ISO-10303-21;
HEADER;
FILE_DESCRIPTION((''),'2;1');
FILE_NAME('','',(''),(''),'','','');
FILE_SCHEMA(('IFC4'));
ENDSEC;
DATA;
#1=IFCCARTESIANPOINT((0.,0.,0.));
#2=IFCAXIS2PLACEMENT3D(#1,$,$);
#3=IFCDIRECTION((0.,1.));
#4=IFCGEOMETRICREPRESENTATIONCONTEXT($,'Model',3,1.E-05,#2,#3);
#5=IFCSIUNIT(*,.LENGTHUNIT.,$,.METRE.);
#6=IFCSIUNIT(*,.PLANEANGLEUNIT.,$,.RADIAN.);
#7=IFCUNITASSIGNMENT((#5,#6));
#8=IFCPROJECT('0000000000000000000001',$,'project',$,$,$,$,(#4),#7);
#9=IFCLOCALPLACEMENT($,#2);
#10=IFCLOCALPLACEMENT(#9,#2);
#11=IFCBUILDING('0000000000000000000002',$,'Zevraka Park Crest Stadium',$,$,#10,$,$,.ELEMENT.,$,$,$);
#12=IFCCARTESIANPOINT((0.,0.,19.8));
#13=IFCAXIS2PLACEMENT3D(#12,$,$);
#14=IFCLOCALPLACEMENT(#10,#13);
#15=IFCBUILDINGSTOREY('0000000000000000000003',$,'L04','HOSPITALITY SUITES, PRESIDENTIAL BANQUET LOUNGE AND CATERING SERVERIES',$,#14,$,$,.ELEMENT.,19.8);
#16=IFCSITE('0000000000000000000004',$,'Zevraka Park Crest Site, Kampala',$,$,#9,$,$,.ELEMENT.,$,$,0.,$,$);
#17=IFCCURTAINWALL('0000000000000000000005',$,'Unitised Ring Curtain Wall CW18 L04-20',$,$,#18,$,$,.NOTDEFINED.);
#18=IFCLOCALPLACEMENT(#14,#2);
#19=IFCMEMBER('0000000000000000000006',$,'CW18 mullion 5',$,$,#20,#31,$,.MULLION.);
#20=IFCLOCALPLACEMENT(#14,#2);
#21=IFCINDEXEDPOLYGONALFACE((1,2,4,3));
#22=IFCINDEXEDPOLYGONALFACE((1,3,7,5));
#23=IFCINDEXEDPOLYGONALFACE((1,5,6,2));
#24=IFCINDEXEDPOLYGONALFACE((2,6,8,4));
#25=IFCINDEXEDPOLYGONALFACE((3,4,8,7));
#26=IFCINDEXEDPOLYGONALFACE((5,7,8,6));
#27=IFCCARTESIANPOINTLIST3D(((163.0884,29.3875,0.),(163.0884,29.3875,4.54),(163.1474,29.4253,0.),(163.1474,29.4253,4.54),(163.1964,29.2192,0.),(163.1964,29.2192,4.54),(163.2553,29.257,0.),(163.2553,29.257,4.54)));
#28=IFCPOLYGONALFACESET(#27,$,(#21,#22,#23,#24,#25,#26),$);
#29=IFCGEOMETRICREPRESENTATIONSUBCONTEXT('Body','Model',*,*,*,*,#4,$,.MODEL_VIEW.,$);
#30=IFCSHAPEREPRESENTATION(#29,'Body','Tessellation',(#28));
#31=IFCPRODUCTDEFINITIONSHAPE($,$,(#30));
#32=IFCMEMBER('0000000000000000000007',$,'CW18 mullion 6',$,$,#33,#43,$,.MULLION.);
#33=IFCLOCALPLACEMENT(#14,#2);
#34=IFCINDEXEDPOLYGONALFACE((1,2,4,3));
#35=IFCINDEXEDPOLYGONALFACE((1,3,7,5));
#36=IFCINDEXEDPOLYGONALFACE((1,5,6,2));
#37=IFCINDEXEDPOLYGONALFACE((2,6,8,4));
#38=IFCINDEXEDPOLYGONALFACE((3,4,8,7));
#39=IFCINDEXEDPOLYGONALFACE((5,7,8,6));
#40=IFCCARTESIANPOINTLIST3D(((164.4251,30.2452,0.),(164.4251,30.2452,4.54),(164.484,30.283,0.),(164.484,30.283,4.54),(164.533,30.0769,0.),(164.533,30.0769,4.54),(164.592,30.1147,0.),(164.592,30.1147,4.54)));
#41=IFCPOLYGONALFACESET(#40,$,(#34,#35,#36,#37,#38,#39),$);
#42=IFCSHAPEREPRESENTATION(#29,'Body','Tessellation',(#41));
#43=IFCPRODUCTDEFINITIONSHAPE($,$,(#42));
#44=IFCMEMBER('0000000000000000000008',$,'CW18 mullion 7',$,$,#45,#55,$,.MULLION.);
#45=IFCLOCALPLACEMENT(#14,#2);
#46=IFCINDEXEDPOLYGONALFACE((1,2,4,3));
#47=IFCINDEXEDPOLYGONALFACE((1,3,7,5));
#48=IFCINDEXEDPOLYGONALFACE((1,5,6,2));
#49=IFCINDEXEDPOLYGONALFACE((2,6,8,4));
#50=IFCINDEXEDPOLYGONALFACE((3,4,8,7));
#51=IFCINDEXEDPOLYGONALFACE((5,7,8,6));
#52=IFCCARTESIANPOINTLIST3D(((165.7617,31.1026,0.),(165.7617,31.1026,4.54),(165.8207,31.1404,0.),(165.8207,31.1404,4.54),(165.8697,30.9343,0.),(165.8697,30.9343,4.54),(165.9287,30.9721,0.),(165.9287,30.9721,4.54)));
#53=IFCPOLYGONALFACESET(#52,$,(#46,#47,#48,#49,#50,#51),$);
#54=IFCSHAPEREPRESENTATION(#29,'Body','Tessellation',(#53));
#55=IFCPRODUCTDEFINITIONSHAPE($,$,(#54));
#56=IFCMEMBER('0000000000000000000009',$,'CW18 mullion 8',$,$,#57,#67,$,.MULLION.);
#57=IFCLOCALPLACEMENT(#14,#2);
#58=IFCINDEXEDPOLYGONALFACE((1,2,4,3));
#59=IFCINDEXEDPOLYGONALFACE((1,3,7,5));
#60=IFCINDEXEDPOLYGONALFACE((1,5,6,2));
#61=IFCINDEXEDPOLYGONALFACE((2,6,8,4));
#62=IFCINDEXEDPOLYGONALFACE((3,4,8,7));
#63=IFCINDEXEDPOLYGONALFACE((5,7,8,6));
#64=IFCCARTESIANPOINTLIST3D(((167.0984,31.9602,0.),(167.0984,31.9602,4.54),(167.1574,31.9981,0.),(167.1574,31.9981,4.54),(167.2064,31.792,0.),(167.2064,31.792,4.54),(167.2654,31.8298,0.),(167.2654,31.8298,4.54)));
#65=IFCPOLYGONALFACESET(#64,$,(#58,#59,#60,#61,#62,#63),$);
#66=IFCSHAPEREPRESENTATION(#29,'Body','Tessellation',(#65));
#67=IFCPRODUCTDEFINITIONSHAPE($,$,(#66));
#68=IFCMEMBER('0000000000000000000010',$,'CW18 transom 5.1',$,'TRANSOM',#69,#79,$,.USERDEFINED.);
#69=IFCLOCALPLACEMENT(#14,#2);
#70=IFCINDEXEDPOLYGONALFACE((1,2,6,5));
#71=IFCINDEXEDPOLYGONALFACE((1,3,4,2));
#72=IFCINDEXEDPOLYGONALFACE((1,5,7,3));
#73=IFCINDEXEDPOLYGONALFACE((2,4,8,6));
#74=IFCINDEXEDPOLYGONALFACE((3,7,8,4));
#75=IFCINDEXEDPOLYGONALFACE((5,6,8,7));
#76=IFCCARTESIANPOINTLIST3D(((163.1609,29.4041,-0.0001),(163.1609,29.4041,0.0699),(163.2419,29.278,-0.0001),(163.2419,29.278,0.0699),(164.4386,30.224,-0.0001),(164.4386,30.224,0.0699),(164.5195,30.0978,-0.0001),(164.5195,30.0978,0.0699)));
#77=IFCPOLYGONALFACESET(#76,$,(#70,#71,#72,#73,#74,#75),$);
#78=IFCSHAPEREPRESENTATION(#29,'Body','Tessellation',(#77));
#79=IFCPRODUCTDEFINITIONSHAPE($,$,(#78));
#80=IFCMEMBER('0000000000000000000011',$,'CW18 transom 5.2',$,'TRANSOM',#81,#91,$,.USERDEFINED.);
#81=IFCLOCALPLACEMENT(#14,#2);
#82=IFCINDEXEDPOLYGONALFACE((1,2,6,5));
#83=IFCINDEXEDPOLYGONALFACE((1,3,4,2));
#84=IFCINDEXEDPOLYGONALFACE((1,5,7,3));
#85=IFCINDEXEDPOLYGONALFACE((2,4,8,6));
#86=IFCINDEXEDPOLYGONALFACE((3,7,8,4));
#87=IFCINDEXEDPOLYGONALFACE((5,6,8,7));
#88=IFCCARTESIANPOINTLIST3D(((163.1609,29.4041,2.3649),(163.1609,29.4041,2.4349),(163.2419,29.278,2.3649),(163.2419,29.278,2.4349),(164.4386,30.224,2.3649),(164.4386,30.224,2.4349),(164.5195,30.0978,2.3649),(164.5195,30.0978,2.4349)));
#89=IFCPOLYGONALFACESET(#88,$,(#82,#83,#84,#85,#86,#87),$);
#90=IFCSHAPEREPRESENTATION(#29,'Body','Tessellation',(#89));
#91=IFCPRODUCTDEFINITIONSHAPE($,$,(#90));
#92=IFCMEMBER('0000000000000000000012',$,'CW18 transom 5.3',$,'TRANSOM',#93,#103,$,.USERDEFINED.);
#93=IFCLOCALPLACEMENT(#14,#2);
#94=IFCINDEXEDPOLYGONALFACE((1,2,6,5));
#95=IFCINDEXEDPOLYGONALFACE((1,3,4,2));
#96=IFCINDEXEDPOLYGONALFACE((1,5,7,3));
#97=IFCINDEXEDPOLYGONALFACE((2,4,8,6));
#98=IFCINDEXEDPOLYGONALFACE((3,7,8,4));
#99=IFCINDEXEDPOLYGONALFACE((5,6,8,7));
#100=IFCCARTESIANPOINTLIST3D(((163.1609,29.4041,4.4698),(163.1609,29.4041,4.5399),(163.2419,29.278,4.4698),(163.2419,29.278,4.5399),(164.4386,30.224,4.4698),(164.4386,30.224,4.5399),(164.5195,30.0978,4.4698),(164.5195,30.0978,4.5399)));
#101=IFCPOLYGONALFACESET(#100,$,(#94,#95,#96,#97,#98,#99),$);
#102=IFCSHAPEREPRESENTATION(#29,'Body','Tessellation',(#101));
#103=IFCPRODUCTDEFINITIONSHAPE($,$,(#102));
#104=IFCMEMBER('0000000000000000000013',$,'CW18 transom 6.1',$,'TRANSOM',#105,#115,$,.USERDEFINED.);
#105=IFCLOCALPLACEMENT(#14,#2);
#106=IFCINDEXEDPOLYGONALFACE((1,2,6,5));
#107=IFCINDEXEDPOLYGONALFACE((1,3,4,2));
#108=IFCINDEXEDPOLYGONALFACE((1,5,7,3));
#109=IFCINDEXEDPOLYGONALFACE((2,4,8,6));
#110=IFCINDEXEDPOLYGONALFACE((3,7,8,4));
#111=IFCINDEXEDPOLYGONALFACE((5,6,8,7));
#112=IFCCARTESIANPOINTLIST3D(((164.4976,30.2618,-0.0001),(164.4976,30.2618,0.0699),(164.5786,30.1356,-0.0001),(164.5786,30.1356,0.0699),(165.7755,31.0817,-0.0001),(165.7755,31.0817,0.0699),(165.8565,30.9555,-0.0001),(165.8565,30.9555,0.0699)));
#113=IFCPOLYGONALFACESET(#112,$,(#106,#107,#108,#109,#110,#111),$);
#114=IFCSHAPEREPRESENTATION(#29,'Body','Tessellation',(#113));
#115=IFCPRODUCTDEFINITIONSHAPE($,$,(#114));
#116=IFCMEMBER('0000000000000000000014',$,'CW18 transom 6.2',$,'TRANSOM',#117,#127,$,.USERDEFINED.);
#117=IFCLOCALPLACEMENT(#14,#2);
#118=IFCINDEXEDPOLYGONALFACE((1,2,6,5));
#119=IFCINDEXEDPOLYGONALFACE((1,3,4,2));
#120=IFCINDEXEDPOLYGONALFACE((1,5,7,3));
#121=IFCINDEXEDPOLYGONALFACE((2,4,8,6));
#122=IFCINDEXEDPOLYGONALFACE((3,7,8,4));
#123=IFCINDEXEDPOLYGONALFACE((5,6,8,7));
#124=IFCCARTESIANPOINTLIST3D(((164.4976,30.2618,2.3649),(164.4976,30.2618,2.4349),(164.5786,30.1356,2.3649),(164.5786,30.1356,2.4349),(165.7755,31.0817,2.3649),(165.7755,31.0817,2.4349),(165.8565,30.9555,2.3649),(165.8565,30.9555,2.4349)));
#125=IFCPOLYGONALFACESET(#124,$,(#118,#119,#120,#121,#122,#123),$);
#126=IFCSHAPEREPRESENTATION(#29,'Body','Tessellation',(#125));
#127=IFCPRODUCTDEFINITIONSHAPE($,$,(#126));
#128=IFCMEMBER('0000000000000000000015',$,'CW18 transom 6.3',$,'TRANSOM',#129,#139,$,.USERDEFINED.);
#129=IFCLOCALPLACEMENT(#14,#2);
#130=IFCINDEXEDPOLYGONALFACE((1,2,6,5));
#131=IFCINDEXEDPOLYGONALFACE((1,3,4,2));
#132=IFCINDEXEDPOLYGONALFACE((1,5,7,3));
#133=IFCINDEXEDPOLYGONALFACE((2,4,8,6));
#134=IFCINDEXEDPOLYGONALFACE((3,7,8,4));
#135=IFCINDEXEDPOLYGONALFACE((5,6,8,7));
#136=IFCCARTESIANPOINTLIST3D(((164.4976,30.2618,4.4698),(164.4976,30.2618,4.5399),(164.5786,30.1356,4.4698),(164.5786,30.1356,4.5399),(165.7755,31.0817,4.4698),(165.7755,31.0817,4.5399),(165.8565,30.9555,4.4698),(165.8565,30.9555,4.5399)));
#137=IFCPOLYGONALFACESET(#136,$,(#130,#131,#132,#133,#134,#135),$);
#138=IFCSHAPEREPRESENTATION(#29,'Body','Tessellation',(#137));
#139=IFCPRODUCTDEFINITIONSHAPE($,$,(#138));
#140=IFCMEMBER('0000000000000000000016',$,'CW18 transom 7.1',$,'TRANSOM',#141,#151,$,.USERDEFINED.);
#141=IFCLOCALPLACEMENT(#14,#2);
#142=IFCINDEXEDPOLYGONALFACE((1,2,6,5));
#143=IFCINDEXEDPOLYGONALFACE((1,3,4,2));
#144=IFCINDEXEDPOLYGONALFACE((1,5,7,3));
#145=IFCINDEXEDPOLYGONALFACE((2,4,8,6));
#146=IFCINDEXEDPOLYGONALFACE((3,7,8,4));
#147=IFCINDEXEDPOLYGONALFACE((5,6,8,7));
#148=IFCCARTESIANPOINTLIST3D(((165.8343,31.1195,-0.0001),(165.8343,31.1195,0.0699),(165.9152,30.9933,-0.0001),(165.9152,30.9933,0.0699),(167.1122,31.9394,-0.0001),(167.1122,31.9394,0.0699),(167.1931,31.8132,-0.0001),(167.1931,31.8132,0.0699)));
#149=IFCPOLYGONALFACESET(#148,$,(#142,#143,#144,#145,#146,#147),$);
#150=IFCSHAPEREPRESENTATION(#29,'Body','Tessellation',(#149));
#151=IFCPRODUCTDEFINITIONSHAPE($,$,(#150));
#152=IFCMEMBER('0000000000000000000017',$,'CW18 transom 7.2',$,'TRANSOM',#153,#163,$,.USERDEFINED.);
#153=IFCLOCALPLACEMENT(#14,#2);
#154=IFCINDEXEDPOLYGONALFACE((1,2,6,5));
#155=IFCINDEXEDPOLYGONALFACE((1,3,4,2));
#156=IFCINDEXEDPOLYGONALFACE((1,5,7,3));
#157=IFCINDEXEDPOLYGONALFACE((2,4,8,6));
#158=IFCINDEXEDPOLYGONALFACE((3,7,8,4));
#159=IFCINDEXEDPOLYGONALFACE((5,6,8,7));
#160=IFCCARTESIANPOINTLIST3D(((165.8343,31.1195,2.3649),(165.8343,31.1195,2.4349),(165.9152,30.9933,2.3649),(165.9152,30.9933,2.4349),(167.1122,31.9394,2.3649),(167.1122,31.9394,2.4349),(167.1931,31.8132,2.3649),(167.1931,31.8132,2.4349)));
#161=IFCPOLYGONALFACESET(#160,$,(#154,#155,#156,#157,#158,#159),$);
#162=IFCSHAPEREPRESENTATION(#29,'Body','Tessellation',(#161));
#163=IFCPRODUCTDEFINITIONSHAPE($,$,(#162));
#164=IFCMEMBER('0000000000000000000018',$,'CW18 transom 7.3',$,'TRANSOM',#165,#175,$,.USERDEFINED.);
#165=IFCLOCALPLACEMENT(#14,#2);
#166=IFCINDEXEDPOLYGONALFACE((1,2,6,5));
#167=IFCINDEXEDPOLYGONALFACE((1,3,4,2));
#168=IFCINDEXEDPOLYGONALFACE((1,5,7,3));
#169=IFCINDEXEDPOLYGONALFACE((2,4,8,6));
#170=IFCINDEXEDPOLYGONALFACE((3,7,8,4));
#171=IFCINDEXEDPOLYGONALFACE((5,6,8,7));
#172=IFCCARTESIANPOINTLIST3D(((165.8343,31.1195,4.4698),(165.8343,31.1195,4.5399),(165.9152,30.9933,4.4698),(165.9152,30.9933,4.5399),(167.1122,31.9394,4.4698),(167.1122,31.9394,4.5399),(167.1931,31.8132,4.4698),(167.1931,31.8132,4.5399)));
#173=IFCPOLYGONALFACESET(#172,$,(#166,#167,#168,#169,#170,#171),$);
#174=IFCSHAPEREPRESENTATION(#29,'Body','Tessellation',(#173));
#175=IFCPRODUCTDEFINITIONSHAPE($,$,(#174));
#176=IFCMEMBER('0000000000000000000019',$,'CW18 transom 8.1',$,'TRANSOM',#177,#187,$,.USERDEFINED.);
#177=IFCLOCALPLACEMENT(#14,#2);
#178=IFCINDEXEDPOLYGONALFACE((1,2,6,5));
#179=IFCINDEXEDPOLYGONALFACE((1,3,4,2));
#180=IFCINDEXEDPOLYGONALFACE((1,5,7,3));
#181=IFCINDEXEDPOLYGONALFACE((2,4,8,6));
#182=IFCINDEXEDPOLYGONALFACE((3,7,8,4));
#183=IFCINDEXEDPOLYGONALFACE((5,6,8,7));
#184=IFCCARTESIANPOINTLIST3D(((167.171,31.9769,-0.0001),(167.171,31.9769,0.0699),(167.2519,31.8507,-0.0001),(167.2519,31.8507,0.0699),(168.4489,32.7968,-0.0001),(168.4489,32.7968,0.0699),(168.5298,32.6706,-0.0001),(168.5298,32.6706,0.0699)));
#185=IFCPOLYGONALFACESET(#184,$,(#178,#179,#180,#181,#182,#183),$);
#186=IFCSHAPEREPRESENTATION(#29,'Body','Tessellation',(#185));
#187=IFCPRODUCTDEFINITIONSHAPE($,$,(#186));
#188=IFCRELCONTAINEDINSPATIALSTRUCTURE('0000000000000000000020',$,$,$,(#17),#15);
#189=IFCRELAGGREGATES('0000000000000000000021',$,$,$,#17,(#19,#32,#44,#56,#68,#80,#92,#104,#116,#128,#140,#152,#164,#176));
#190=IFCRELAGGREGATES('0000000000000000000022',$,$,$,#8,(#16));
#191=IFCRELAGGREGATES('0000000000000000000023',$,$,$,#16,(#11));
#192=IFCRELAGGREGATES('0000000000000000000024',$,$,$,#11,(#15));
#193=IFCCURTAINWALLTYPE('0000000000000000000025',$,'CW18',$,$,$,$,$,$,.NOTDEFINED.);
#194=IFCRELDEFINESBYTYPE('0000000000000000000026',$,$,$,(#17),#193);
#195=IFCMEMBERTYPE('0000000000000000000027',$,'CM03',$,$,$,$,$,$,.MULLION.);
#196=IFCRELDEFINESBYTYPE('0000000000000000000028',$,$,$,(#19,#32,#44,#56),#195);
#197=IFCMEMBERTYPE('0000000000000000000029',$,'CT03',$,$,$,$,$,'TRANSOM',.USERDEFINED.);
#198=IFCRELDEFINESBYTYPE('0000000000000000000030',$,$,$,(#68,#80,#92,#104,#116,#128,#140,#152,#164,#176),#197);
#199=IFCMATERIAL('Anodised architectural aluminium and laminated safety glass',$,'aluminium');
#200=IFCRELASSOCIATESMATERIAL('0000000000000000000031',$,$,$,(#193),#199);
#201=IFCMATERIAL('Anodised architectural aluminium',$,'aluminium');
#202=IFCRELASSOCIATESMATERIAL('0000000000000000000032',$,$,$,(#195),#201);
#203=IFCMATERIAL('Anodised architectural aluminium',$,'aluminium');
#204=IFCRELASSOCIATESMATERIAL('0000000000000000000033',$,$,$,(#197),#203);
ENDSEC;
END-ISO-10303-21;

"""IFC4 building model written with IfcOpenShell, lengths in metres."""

from ifc_helpers import new_model, si_unit, direction, frame, origin, origin_2d, place, context, subcontext, project, spatial, rectangle, extrude, material, material_profile, profile_set, type_object, element, aggregate, save


model = new_model("IFC4")

# Units and contexts
model_context = context("Model", 3, precision=1e-05, world=origin(), true_north=direction((0.0, 1.0)))
body_context = subcontext(model_context, "Body", "Model", "MODEL_VIEW")
ifc_project = project(units=[si_unit("LENGTHUNIT", "METRE"), si_unit("PLANEANGLEUNIT", "RADIAN")], contexts=[model_context])

# Site, building, storey
site_placement = place(None, origin())
site = spatial("IfcSite", under=ifc_project, at=site_placement, Name="Zevraka Park Crest Site, Kampala", CompositionType="ELEMENT", RefElevation=0.0)
building_placement = place(site_placement, origin())
building = spatial("IfcBuilding", under=site, at=building_placement, Name="Zevraka Park Crest Stadium", CompositionType="ELEMENT")
storey_placement = place(building_placement, frame((0.0, 0.0, 19.8)))
storey = spatial("IfcBuildingStorey", under=building, at=storey_placement, Name="L04", Description="HOSPITALITY SUITES, PRESIDENTIAL BANQUET LOUNGE AND CATERING SERVERIES", CompositionType="ELEMENT", Elevation=19.8)

# Curtain wall, members
ifc_material_1 = material(Name="Anodised architectural aluminium and laminated safety glass", Category="aluminium")
curtain_wall_type = type_object("IfcCurtainWallType", Name="CW18", PredefinedType="NOTDEFINED", material=ifc_material_1)
curtain_wall_placement = place(storey_placement, origin())
curtain_wall = element("IfcCurtainWall", 1, at=curtain_wall_placement, inside=storey, type_object=curtain_wall_type, Name="Unitised Ring Curtain Wall CW18 L04-20", PredefinedType="NOTDEFINED")
ifc_material_2 = material(Name="Anodised architectural aluminium", Category="aluminium")
ifc_material_profile_1 = material_profile(ifc_material_2, rectangle(XDim=0.2, YDim=0.0701, at=origin_2d()), Name="ALU MULLION 200x70")
ifc_profile_set_1 = profile_set([ifc_material_profile_1], Name="Anodised architectural aluminium")
member_type_1 = type_object("IfcMemberType", Name="CM03", PredefinedType="MULLION", material=ifc_profile_set_1)
member_1_placement = place(storey_placement, frame((163.1719, 29.3223, 0.0), z_axis=(0.0, 0.0, 1.0), x_axis=(-0.53998, 0.841678, 0.0)))
member_1 = element("IfcMember", 2, at=member_1_placement, type_object=member_type_1, Name="CW18 mullion 5", PredefinedType="MULLION", context=body_context, shape_type="SweptSolid", body=[
    extrude(rectangle(XDim=0.2, YDim=0.0701, at=origin_2d()), origin(), (0.0, 0.0, 1.0), 4.54),
])
member_2_placement = place(storey_placement, frame((164.5085, 30.1799, 0.0), z_axis=(0.0, 0.0, 1.0), x_axis=(-0.53998, 0.841678, 0.0)))
member_2 = element("IfcMember", 3, at=member_2_placement, type_object=member_type_1, Name="CW18 mullion 6", PredefinedType="MULLION", context=body_context, shape_type="SweptSolid", body=[
    extrude(rectangle(XDim=0.2, YDim=0.0701, at=origin_2d()), origin(), (0.0, 0.0, 1.0), 4.54),
])
member_3_placement = place(storey_placement, frame((165.8452, 31.0374, 0.0), z_axis=(0.0, 0.0, 1.0), x_axis=(-0.53998, 0.841678, 0.0)))
member_3 = element("IfcMember", 4, at=member_3_placement, type_object=member_type_1, Name="CW18 mullion 7", PredefinedType="MULLION", context=body_context, shape_type="SweptSolid", body=[
    extrude(rectangle(XDim=0.2, YDim=0.0701, at=origin_2d()), origin(), (0.0, 0.0, 1.0), 4.54),
])
member_4_placement = place(storey_placement, frame((167.1819, 31.895, 0.0), z_axis=(0.0, 0.0, 1.0), x_axis=(-0.53998, 0.841678, 0.0)))
member_4 = element("IfcMember", 5, at=member_4_placement, type_object=member_type_1, Name="CW18 mullion 8", PredefinedType="MULLION", context=body_context, shape_type="SweptSolid", body=[
    extrude(rectangle(XDim=0.2, YDim=0.0701, at=origin_2d()), origin(), (0.0, 0.0, 1.0), 4.54),
])
ifc_material_3 = material(Name="Anodised architectural aluminium", Category="aluminium")
ifc_material_profile_2 = material_profile(ifc_material_3, rectangle(XDim=0.1499, YDim=0.0701, at=origin_2d()), Name="ALU TRANSOM 150x70")
ifc_profile_set_2 = profile_set([ifc_material_profile_2], Name="Anodised architectural aluminium")
member_type_2 = type_object("IfcMemberType", Name="CT03", ElementType="TRANSOM", PredefinedType="USERDEFINED", material=ifc_profile_set_2)
member_5_placement = place(storey_placement, frame((163.2014, 29.3411, 0.0349), z_axis=(0.841622, 0.540066, 0.0), x_axis=(-0.540066, 0.841622, 0.0)))
member_5 = element("IfcMember", 6, at=member_5_placement, type_object=member_type_2, Name="CW18 transom 5.1", ObjectType="TRANSOM", PredefinedType="USERDEFINED", context=body_context, shape_type="SweptSolid", body=[
    extrude(rectangle(XDim=0.1499, YDim=0.0701, at=origin_2d()), origin(), (0.0, 0.0, 1.0), 1.5181),
])
member_6_placement = place(storey_placement, frame((163.2014, 29.3411, 2.3999), z_axis=(0.841622, 0.540066, 0.0), x_axis=(-0.540066, 0.841622, 0.0)))
member_6 = element("IfcMember", 7, at=member_6_placement, type_object=member_type_2, Name="CW18 transom 5.2", ObjectType="TRANSOM", PredefinedType="USERDEFINED", context=body_context, shape_type="SweptSolid", body=[
    extrude(rectangle(XDim=0.1499, YDim=0.0701, at=origin_2d()), origin(), (0.0, 0.0, 1.0), 1.5181),
])
member_7_placement = place(storey_placement, frame((163.2014, 29.3411, 4.5049), z_axis=(0.841622, 0.540066, 0.0), x_axis=(-0.540066, 0.841622, 0.0)))
member_7 = element("IfcMember", 8, at=member_7_placement, type_object=member_type_2, Name="CW18 transom 5.3", ObjectType="TRANSOM", PredefinedType="USERDEFINED", context=body_context, shape_type="SweptSolid", body=[
    extrude(rectangle(XDim=0.1499, YDim=0.0701, at=origin_2d()), origin(), (0.0, 0.0, 1.0), 1.5181),
])
member_8_placement = place(storey_placement, frame((164.5381, 30.1987, 0.0349), z_axis=(0.841669, 0.539993, 0.0), x_axis=(-0.539993, 0.841669, 0.0)))
member_8 = element("IfcMember", 9, at=member_8_placement, type_object=member_type_2, Name="CW18 transom 6.1", ObjectType="TRANSOM", PredefinedType="USERDEFINED", context=body_context, shape_type="SweptSolid", body=[
    extrude(rectangle(XDim=0.1499, YDim=0.0701, at=origin_2d()), origin(), (0.0, 0.0, 1.0), 1.5183),
])
member_9_placement = place(storey_placement, frame((164.5381, 30.1987, 2.3999), z_axis=(0.841669, 0.539993, 0.0), x_axis=(-0.539993, 0.841669, 0.0)))
member_9 = element("IfcMember", 10, at=member_9_placement, type_object=member_type_2, Name="CW18 transom 6.2", ObjectType="TRANSOM", PredefinedType="USERDEFINED", context=body_context, shape_type="SweptSolid", body=[
    extrude(rectangle(XDim=0.1499, YDim=0.0701, at=origin_2d()), origin(), (0.0, 0.0, 1.0), 1.5183),
])
member_10_placement = place(storey_placement, frame((164.5381, 30.1987, 4.5049), z_axis=(0.841669, 0.539993, 0.0), x_axis=(-0.539993, 0.841669, 0.0)))
member_10 = element("IfcMember", 11, at=member_10_placement, type_object=member_type_2, Name="CW18 transom 6.3", ObjectType="TRANSOM", PredefinedType="USERDEFINED", context=body_context, shape_type="SweptSolid", body=[
    extrude(rectangle(XDim=0.1499, YDim=0.0701, at=origin_2d()), origin(), (0.0, 0.0, 1.0), 1.5183),
])
member_11_placement = place(storey_placement, frame((165.8748, 31.0564, 0.0349), z_axis=(0.841669, 0.539993, 0.0), x_axis=(-0.539993, 0.841669, 0.0)))
member_11 = element("IfcMember", 12, at=member_11_placement, type_object=member_type_2, Name="CW18 transom 7.1", ObjectType="TRANSOM", PredefinedType="USERDEFINED", context=body_context, shape_type="SweptSolid", body=[
    extrude(rectangle(XDim=0.1499, YDim=0.0701, at=origin_2d()), origin(), (0.0, 0.0, 1.0), 1.5183),
])
member_12_placement = place(storey_placement, frame((165.8748, 31.0564, 2.3999), z_axis=(0.841669, 0.539993, 0.0), x_axis=(-0.539993, 0.841669, 0.0)))
member_12 = element("IfcMember", 13, at=member_12_placement, type_object=member_type_2, Name="CW18 transom 7.2", ObjectType="TRANSOM", PredefinedType="USERDEFINED", context=body_context, shape_type="SweptSolid", body=[
    extrude(rectangle(XDim=0.1499, YDim=0.0701, at=origin_2d()), origin(), (0.0, 0.0, 1.0), 1.5183),
])
member_13_placement = place(storey_placement, frame((165.8748, 31.0564, 4.5049), z_axis=(0.841669, 0.539993, 0.0), x_axis=(-0.539993, 0.841669, 0.0)))
member_13 = element("IfcMember", 14, at=member_13_placement, type_object=member_type_2, Name="CW18 transom 7.3", ObjectType="TRANSOM", PredefinedType="USERDEFINED", context=body_context, shape_type="SweptSolid", body=[
    extrude(rectangle(XDim=0.1499, YDim=0.0701, at=origin_2d()), origin(), (0.0, 0.0, 1.0), 1.5183),
])
member_14_placement = place(storey_placement, frame((167.2114, 31.9138, 0.0349), z_axis=(0.841669, 0.539993, 0.0), x_axis=(-0.539993, 0.841669, 0.0)))
member_14 = element("IfcMember", 15, at=member_14_placement, type_object=member_type_2, Name="CW18 transom 8.1", ObjectType="TRANSOM", PredefinedType="USERDEFINED", context=body_context, shape_type="SweptSolid", body=[
    extrude(rectangle(XDim=0.1499, YDim=0.0701, at=origin_2d()), origin(), (0.0, 0.0, 1.0), 1.5183),
])
aggregate(curtain_wall, [member_1, member_2, member_3, member_4, member_5, member_6, member_7, member_8, member_9, member_10, member_11, member_12, member_13, member_14])

save(model, "model.ifc")
